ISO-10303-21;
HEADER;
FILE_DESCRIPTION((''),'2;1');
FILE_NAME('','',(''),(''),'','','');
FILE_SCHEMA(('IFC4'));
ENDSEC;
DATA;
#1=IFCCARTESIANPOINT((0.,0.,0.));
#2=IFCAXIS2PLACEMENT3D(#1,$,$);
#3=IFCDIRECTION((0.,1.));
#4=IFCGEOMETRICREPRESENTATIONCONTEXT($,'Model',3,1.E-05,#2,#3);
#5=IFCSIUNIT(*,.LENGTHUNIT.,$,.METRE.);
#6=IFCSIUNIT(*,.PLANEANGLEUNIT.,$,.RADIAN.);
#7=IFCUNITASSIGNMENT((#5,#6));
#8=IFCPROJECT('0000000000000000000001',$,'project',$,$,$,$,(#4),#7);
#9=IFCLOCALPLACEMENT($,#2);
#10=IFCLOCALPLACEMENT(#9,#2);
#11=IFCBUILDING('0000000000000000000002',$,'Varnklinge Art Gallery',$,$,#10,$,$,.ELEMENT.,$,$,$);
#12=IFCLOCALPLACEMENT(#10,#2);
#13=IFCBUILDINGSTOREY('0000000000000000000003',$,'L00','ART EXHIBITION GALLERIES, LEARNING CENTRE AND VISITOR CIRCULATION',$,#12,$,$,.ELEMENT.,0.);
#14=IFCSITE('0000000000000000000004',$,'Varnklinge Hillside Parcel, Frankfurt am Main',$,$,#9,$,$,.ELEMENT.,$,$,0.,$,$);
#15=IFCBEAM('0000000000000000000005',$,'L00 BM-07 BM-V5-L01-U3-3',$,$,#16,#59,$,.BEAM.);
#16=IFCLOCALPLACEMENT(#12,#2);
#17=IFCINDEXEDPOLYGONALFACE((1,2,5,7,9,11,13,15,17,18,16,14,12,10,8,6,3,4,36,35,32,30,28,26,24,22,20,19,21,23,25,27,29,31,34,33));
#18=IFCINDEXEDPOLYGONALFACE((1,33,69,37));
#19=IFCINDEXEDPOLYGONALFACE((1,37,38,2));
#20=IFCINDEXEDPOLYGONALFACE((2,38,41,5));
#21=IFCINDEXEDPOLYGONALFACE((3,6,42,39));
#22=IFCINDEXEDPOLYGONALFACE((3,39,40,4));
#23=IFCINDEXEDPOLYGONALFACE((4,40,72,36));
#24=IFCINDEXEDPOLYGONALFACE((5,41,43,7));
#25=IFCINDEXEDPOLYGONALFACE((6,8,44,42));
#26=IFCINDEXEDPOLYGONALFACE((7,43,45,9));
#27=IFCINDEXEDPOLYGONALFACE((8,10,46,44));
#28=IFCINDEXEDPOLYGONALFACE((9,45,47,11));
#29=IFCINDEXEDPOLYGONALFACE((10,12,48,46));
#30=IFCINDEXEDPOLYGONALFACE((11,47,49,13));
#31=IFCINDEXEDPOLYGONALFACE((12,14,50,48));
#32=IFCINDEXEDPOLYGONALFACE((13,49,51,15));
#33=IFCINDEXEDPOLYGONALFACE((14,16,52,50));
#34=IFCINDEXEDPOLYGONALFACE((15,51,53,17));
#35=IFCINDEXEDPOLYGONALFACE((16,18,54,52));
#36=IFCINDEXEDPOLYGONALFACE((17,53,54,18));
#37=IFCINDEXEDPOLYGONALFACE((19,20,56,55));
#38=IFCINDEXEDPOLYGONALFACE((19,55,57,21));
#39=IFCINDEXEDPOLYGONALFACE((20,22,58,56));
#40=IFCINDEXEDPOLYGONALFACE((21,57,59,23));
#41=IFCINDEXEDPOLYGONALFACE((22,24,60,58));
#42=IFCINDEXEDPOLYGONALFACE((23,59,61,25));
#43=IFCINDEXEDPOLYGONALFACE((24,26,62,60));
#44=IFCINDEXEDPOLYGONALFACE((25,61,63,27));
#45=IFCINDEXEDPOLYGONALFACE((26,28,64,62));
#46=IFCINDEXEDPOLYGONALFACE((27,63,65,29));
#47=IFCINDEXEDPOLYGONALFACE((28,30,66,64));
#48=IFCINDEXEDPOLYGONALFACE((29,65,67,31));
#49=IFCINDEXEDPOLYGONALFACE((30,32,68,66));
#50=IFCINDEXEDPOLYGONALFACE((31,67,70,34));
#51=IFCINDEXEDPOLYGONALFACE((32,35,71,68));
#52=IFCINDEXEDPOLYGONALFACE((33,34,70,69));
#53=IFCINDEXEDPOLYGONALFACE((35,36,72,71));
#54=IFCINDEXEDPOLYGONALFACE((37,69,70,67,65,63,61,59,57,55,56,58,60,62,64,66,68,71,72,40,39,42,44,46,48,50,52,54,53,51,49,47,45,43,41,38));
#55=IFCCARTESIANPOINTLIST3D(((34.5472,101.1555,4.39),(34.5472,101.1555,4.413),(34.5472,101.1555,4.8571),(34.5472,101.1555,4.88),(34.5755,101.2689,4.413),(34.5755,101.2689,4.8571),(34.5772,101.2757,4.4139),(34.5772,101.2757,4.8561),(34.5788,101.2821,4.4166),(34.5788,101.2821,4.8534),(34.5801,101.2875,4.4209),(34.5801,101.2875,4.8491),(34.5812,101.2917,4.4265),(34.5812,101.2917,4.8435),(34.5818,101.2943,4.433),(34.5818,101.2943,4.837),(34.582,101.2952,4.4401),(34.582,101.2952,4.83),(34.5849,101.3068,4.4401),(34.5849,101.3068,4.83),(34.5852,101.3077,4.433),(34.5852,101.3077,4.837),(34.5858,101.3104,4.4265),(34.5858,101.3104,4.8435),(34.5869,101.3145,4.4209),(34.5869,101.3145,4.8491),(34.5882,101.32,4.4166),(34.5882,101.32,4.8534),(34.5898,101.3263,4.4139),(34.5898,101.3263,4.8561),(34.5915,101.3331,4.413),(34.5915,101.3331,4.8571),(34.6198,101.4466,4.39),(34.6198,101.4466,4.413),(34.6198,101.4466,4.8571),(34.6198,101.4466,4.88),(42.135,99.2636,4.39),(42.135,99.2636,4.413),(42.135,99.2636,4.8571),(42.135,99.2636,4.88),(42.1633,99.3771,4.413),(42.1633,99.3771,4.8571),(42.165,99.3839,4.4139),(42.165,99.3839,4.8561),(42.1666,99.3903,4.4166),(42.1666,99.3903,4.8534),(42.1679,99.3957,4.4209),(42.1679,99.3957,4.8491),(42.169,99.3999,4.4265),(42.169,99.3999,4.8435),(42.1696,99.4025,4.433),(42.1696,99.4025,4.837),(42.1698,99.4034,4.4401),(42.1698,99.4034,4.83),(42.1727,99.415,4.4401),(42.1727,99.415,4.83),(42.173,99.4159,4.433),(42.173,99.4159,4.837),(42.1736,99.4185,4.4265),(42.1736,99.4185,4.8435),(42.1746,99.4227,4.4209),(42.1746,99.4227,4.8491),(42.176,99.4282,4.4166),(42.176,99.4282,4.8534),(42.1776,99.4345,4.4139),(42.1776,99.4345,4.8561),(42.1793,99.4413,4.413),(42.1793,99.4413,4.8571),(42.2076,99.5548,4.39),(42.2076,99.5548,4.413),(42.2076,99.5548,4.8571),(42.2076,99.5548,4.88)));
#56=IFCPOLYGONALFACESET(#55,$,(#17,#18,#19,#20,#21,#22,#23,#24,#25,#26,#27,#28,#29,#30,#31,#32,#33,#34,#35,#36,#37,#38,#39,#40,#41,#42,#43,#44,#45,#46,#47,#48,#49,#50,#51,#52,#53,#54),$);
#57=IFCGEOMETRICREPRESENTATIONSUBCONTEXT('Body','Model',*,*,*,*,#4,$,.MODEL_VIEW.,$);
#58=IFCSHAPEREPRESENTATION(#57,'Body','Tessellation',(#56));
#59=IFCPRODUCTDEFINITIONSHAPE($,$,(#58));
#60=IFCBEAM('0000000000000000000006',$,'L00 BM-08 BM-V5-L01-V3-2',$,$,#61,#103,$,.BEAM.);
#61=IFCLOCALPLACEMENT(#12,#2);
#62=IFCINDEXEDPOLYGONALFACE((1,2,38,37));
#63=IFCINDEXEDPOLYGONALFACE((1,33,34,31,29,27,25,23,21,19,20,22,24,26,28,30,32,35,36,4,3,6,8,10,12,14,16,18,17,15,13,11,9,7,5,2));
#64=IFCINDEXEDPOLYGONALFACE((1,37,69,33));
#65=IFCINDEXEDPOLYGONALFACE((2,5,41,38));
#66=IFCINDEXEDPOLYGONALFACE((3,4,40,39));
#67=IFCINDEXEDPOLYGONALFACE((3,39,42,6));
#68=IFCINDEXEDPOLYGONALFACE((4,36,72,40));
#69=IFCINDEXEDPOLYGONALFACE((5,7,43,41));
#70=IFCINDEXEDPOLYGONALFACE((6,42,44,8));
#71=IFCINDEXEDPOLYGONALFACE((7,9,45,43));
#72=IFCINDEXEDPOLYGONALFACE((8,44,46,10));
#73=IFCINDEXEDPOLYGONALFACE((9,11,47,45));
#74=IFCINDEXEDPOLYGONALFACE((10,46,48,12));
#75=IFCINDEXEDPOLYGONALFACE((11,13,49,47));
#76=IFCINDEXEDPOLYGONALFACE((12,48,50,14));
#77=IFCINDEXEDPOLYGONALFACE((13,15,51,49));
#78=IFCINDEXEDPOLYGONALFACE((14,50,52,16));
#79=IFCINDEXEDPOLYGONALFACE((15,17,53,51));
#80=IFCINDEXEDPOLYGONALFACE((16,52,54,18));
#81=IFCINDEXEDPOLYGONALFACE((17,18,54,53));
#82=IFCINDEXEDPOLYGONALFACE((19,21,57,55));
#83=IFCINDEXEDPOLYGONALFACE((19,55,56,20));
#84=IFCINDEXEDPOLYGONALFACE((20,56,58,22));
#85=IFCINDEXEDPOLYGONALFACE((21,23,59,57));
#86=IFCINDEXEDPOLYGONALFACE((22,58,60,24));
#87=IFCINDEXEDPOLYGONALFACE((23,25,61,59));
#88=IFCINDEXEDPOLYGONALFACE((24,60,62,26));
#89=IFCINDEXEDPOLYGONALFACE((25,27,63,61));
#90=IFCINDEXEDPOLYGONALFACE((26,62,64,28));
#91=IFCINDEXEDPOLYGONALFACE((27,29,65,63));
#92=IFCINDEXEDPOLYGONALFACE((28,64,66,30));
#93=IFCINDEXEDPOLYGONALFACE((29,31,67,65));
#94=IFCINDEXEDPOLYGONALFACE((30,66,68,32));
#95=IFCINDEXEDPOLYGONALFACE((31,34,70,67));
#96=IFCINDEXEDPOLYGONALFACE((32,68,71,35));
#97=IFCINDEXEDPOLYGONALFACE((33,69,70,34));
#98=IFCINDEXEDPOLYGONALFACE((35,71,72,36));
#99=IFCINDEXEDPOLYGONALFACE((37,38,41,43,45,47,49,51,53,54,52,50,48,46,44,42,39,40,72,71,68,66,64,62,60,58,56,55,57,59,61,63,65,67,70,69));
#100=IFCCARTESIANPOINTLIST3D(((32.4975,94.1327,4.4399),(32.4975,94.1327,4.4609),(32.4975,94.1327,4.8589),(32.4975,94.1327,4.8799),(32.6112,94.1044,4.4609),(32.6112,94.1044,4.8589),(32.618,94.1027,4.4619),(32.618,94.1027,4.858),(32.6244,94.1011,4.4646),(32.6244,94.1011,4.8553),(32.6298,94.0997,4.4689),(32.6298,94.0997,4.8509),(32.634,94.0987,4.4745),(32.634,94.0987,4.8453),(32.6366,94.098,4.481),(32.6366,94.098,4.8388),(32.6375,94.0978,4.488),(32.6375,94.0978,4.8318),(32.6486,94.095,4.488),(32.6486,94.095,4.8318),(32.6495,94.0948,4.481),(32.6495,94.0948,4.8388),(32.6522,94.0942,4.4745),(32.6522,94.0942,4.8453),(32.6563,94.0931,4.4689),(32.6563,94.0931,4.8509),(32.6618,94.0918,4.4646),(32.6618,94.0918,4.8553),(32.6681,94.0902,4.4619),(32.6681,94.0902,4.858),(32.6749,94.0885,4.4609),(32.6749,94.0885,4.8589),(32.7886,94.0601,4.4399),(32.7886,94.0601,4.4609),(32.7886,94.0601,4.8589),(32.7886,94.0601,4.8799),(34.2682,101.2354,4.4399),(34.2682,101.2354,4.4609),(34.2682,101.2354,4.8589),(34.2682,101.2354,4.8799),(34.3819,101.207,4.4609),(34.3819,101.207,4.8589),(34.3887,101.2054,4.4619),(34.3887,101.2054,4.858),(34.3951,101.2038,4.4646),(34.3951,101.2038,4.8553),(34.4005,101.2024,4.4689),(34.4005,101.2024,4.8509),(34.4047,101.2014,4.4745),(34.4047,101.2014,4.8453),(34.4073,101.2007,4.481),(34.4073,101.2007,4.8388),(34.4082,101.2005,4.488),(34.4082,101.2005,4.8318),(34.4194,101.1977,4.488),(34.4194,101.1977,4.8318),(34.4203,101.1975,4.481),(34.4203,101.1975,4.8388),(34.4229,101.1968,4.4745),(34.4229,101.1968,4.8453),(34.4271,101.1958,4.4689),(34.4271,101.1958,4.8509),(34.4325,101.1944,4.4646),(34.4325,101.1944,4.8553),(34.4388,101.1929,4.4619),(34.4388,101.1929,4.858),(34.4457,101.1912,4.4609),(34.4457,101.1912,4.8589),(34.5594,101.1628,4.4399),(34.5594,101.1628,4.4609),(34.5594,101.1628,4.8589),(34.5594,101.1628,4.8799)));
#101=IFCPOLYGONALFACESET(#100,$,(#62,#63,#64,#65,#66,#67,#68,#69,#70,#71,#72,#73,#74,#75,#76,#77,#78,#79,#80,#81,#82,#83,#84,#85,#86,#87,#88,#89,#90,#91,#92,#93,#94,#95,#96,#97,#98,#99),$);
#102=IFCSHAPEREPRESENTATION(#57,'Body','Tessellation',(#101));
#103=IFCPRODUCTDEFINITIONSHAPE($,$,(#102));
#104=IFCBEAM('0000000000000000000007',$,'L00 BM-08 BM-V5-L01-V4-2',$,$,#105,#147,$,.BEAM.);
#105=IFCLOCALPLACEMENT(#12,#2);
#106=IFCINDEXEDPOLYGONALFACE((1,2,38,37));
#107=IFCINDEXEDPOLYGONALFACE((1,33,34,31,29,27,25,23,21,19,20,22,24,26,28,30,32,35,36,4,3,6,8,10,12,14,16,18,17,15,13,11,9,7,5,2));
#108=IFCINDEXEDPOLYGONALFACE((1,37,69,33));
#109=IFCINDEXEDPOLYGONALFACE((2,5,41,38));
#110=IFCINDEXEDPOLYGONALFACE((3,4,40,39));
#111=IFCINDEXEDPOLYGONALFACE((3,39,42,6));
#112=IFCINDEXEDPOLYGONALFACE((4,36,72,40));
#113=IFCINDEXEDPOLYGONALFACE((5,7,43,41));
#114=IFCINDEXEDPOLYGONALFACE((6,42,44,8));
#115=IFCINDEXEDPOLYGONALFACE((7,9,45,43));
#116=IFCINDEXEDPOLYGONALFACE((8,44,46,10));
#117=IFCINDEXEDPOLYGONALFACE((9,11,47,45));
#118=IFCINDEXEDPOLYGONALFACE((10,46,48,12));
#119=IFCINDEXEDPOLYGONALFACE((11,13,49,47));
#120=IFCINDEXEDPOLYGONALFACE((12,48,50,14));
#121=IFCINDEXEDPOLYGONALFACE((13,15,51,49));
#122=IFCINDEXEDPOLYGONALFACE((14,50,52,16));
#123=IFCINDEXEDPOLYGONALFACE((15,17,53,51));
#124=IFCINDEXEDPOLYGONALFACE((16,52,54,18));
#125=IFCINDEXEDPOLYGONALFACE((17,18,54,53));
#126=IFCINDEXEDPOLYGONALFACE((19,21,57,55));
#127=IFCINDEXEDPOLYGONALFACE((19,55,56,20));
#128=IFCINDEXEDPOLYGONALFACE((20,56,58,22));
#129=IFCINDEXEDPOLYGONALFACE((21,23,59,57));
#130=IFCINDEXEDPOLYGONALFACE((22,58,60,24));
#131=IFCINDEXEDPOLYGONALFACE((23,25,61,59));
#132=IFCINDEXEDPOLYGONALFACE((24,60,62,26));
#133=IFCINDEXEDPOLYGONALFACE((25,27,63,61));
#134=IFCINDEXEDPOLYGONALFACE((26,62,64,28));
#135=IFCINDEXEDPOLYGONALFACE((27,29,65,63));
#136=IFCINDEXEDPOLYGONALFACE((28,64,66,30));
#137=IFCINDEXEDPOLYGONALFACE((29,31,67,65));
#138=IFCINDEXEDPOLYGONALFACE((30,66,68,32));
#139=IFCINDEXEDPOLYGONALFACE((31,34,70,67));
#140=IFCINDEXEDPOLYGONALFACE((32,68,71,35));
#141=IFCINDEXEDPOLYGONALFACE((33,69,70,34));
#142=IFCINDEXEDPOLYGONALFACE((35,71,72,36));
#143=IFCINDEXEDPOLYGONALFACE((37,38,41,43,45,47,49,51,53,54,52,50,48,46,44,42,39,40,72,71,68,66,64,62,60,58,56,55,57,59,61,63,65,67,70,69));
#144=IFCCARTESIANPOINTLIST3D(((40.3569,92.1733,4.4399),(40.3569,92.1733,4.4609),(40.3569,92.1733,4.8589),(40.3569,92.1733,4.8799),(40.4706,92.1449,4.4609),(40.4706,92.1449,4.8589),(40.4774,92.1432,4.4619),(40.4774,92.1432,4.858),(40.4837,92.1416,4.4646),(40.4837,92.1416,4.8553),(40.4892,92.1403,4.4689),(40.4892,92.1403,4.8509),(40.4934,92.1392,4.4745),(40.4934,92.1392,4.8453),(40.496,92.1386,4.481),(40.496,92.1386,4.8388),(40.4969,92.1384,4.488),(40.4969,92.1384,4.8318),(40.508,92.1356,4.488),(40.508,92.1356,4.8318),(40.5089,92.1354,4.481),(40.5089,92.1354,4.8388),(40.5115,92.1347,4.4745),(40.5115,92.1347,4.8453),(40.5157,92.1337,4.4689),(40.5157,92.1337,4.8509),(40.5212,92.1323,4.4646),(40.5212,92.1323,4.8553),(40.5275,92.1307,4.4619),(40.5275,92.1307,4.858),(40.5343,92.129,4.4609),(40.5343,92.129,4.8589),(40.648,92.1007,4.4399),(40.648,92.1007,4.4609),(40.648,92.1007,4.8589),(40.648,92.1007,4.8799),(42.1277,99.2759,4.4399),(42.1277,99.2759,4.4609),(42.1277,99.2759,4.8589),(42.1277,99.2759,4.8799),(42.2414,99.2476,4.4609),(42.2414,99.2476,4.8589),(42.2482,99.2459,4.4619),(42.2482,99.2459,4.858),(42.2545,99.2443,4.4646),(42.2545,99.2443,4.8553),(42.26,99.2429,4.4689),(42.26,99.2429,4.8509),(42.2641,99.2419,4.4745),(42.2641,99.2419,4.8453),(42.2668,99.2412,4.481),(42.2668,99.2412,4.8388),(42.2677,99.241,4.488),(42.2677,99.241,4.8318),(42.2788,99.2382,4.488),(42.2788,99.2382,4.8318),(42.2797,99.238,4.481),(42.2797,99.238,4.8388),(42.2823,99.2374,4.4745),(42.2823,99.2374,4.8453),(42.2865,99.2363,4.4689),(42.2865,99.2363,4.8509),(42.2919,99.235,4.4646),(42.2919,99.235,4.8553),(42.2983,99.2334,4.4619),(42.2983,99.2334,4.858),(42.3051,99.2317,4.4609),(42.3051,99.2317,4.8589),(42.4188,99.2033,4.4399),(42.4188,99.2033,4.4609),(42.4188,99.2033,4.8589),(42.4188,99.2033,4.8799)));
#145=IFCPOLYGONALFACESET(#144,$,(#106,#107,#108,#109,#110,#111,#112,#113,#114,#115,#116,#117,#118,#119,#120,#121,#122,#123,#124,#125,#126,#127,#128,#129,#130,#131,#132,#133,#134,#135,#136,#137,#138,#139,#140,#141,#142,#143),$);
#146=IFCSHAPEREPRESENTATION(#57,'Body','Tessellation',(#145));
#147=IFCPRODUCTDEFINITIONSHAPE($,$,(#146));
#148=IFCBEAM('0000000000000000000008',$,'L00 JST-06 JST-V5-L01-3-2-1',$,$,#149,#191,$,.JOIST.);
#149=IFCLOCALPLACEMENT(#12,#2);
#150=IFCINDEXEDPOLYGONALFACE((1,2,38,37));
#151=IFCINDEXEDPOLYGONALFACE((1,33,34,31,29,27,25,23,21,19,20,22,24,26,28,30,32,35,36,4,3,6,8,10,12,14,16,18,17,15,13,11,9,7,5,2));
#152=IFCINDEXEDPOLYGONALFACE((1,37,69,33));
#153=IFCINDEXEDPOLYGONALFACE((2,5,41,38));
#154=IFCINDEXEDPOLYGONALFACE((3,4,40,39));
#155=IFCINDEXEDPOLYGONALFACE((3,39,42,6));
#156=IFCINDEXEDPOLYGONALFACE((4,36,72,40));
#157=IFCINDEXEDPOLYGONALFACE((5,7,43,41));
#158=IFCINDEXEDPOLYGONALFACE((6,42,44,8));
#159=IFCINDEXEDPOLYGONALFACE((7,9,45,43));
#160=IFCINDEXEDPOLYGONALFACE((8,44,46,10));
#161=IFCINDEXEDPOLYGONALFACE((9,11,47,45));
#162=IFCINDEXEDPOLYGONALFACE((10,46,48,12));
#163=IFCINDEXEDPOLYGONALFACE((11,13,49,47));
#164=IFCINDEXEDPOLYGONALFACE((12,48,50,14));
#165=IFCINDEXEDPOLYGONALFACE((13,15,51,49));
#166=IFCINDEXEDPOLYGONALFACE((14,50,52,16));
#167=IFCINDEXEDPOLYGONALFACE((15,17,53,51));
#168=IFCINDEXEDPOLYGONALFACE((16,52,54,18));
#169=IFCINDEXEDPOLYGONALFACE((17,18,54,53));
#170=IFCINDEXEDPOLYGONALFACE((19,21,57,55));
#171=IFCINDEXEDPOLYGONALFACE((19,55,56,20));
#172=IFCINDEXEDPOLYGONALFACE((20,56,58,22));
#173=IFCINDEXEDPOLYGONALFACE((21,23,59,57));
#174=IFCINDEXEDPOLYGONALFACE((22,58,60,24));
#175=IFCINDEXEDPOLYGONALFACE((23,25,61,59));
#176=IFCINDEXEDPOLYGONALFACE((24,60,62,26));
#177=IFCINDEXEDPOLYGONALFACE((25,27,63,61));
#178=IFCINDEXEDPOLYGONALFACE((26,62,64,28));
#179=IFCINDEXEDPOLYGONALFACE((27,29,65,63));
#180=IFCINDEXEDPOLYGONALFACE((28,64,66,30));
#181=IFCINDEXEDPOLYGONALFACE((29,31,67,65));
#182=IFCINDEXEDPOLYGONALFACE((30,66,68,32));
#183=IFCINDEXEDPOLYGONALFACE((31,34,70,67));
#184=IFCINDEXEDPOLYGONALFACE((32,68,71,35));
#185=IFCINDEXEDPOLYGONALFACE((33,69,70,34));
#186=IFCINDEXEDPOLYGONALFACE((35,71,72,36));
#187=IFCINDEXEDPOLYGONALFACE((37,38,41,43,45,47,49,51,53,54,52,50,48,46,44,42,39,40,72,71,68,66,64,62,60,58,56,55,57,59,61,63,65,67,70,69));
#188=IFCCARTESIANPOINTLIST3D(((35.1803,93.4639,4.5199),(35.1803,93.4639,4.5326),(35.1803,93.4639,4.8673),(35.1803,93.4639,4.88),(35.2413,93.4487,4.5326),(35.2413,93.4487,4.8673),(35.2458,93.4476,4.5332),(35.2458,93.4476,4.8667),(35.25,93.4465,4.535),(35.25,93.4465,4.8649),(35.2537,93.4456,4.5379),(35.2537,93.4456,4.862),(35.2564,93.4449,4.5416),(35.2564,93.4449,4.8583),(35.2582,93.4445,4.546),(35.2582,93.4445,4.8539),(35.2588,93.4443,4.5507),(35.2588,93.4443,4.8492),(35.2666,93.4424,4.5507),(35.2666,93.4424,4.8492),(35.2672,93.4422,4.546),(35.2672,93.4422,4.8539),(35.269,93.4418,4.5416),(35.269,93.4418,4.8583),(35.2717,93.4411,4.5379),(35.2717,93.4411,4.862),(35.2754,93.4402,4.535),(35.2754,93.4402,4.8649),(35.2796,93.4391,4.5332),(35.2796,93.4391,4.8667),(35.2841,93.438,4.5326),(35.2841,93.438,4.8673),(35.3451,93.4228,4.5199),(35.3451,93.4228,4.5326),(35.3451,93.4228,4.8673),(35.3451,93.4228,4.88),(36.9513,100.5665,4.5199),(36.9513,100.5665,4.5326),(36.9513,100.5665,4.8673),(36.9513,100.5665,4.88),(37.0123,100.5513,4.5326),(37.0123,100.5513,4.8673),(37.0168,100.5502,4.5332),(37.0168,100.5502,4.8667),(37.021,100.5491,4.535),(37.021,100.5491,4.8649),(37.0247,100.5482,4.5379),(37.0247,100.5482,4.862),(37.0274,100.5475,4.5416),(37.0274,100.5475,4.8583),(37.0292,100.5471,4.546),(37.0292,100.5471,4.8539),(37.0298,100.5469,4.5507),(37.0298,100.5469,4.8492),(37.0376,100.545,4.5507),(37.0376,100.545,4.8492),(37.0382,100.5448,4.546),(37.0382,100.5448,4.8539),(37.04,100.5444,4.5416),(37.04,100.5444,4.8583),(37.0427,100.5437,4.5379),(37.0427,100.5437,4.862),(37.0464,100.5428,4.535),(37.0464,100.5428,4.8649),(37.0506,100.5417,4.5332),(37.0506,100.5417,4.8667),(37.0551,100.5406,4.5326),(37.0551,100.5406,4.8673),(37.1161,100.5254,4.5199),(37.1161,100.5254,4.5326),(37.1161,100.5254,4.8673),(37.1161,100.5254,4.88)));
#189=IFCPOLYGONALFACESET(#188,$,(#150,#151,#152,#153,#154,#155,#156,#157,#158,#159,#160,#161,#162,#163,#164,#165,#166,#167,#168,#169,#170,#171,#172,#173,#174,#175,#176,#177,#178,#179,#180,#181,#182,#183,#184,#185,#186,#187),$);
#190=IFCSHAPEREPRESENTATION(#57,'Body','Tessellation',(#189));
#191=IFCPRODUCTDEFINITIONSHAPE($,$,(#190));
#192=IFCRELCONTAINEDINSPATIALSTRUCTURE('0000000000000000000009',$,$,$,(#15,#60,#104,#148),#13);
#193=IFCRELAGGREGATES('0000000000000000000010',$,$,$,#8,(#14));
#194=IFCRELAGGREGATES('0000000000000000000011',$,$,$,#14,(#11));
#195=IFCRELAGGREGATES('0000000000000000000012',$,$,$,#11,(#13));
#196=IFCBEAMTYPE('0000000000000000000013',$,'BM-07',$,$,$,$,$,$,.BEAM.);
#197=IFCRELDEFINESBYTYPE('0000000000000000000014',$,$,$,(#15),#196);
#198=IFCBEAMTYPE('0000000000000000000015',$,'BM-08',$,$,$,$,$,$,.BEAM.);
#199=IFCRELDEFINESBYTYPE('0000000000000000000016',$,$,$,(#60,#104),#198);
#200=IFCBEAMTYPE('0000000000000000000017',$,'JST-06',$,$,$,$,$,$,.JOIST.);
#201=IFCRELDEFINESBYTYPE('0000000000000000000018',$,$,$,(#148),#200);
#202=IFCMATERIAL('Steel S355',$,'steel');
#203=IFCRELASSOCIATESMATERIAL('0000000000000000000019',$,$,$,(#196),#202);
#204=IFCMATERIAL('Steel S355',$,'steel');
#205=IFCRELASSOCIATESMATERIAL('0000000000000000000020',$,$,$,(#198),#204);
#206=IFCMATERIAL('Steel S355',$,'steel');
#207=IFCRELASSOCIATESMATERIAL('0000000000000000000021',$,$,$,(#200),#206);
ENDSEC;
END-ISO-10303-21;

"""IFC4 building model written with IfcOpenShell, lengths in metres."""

from ifc_helpers import new_model, si_unit, direction, frame, origin, origin_2d, place, context, subcontext, project, spatial, i_section, extrude, material, material_profile, profile_set, type_object, element, save


model = new_model("IFC4")

# Units and contexts
model_context = context("Model", 3, precision=1e-05, world=origin(), true_north=direction((0.0, 1.0)))
body_context = subcontext(model_context, "Body", "Model", "MODEL_VIEW")
ifc_project = project(units=[si_unit("LENGTHUNIT", "METRE"), si_unit("PLANEANGLEUNIT", "RADIAN")], contexts=[model_context])

# Site, building, storey
site_placement = place(None, origin())
site = spatial("IfcSite", under=ifc_project, at=site_placement, Name="Varnklinge Hillside Parcel, Frankfurt am Main", CompositionType="ELEMENT", RefElevation=0.0)
building_placement = place(site_placement, origin())
building = spatial("IfcBuilding", under=site, at=building_placement, Name="Varnklinge Art Gallery", CompositionType="ELEMENT")
storey_placement = place(building_placement, origin())
storey = spatial("IfcBuildingStorey", under=building, at=storey_placement, Name="L00", Description="ART EXHIBITION GALLERIES, LEARNING CENTRE AND VISITOR CIRCULATION", CompositionType="ELEMENT", Elevation=0.0)

# Beams
ifc_material_1 = material(Name="Steel S355", Category="steel")
ifc_material_profile_1 = material_profile(ifc_material_1, i_section(OverallWidth=0.3, OverallDepth=0.49, WebThickness=0.012, FlangeThickness=0.0229, FilletRadius=0.0271, at=origin_2d()), Name="HEA 500")
ifc_profile_set_1 = profile_set([ifc_material_profile_1], Name="Steel S355")
beam_type_1 = type_object("IfcBeamType", Name="BM-07", PredefinedType="BEAM", material=ifc_profile_set_1)
beam_1_placement = place(storey_placement, frame((34.5835, 101.301, 4.635), z_axis=(0.970297, -0.241919, 0.0), x_axis=(0.241919, 0.970297, 0.0)))
element("IfcBeam", 1, at=beam_1_placement, inside=storey, type_object=beam_type_1, Name="L00 BM-07 BM-V5-L01-U3-3", PredefinedType="BEAM", context=body_context, shape_type="SweptSolid", body=[
    extrude(i_section(OverallWidth=0.3, OverallDepth=0.49, WebThickness=0.012, FlangeThickness=0.0229, FilletRadius=0.0271, at=origin_2d()), origin(), (0.0, 0.0, 1.0), 7.8201),
])
ifc_material_2 = material(Name="Steel S355", Category="steel")
ifc_material_profile_2 = material_profile(ifc_material_2, i_section(OverallWidth=0.3, OverallDepth=0.4399, WebThickness=0.0115, FlangeThickness=0.021, FilletRadius=0.0271, at=origin_2d()), Name="HEA 450")
ifc_profile_set_2 = profile_set([ifc_material_profile_2], Name="Steel S355")
beam_type_2 = type_object("IfcBeamType", Name="BM-08", PredefinedType="BEAM", material=ifc_profile_set_2)
for number, where, z_axis, x_axis, name in (
    (2, (32.6431, 94.0964, 4.6599), (0.2419, 0.970301, 0.0), (-0.970301, 0.2419, 0.0), "L00 BM-08 BM-V5-L01-V3-2"),
    (3, (40.5024, 92.137, 4.6599), (0.241908, 0.970299, 0.0), (-0.970299, 0.241908, 0.0), "L00 BM-08 BM-V5-L01-V4-2"),
):
    element("IfcBeam", number, at=place(storey_placement, frame(where, z_axis=z_axis, x_axis=x_axis)), inside=storey, type_object=beam_type_2, Name=name, PredefinedType="BEAM", context=body_context, shape_type="SweptSolid", body=[
        extrude(i_section(OverallWidth=0.3, OverallDepth=0.4399, WebThickness=0.0115, FlangeThickness=0.021, FilletRadius=0.0271, at=origin_2d()), origin(), (0.0, 0.0, 1.0), 7.3201),
    ])
ifc_material_3 = material(Name="Steel S355", Category="steel")
ifc_material_profile_3 = material_profile(ifc_material_3, i_section(OverallWidth=0.1699, OverallDepth=0.3601, WebThickness=0.0081, FlangeThickness=0.0127, FilletRadius=0.0181, at=origin_2d()), Name="IPE 360")
ifc_profile_set_3 = profile_set([ifc_material_profile_3], Name="Steel S355")
beam_type_3 = type_object("IfcBeamType", Name="JST-06", PredefinedType="JOIST", material=ifc_profile_set_3)
for number, where, z_axis, x_axis, name in (
    (4, (35.2627, 93.4434, 4.7), (0.241939, 0.970291, 0.0), (-0.970291, 0.241939, 0.0), "L00 JST-06 JST-V5-L01-3-2-1"),
):
    element("IfcBeam", number, at=place(storey_placement, frame(where, z_axis=z_axis, x_axis=x_axis)), inside=storey, type_object=beam_type_3, Name=name, PredefinedType="JOIST", context=body_context, shape_type="SweptSolid", body=[
        extrude(i_section(OverallWidth=0.1699, OverallDepth=0.3601, WebThickness=0.0081, FlangeThickness=0.0127, FilletRadius=0.0181, at=origin_2d()), origin(), (0.0, 0.0, 1.0), 7.3201),
    ])

save(model, "model.ifc")
